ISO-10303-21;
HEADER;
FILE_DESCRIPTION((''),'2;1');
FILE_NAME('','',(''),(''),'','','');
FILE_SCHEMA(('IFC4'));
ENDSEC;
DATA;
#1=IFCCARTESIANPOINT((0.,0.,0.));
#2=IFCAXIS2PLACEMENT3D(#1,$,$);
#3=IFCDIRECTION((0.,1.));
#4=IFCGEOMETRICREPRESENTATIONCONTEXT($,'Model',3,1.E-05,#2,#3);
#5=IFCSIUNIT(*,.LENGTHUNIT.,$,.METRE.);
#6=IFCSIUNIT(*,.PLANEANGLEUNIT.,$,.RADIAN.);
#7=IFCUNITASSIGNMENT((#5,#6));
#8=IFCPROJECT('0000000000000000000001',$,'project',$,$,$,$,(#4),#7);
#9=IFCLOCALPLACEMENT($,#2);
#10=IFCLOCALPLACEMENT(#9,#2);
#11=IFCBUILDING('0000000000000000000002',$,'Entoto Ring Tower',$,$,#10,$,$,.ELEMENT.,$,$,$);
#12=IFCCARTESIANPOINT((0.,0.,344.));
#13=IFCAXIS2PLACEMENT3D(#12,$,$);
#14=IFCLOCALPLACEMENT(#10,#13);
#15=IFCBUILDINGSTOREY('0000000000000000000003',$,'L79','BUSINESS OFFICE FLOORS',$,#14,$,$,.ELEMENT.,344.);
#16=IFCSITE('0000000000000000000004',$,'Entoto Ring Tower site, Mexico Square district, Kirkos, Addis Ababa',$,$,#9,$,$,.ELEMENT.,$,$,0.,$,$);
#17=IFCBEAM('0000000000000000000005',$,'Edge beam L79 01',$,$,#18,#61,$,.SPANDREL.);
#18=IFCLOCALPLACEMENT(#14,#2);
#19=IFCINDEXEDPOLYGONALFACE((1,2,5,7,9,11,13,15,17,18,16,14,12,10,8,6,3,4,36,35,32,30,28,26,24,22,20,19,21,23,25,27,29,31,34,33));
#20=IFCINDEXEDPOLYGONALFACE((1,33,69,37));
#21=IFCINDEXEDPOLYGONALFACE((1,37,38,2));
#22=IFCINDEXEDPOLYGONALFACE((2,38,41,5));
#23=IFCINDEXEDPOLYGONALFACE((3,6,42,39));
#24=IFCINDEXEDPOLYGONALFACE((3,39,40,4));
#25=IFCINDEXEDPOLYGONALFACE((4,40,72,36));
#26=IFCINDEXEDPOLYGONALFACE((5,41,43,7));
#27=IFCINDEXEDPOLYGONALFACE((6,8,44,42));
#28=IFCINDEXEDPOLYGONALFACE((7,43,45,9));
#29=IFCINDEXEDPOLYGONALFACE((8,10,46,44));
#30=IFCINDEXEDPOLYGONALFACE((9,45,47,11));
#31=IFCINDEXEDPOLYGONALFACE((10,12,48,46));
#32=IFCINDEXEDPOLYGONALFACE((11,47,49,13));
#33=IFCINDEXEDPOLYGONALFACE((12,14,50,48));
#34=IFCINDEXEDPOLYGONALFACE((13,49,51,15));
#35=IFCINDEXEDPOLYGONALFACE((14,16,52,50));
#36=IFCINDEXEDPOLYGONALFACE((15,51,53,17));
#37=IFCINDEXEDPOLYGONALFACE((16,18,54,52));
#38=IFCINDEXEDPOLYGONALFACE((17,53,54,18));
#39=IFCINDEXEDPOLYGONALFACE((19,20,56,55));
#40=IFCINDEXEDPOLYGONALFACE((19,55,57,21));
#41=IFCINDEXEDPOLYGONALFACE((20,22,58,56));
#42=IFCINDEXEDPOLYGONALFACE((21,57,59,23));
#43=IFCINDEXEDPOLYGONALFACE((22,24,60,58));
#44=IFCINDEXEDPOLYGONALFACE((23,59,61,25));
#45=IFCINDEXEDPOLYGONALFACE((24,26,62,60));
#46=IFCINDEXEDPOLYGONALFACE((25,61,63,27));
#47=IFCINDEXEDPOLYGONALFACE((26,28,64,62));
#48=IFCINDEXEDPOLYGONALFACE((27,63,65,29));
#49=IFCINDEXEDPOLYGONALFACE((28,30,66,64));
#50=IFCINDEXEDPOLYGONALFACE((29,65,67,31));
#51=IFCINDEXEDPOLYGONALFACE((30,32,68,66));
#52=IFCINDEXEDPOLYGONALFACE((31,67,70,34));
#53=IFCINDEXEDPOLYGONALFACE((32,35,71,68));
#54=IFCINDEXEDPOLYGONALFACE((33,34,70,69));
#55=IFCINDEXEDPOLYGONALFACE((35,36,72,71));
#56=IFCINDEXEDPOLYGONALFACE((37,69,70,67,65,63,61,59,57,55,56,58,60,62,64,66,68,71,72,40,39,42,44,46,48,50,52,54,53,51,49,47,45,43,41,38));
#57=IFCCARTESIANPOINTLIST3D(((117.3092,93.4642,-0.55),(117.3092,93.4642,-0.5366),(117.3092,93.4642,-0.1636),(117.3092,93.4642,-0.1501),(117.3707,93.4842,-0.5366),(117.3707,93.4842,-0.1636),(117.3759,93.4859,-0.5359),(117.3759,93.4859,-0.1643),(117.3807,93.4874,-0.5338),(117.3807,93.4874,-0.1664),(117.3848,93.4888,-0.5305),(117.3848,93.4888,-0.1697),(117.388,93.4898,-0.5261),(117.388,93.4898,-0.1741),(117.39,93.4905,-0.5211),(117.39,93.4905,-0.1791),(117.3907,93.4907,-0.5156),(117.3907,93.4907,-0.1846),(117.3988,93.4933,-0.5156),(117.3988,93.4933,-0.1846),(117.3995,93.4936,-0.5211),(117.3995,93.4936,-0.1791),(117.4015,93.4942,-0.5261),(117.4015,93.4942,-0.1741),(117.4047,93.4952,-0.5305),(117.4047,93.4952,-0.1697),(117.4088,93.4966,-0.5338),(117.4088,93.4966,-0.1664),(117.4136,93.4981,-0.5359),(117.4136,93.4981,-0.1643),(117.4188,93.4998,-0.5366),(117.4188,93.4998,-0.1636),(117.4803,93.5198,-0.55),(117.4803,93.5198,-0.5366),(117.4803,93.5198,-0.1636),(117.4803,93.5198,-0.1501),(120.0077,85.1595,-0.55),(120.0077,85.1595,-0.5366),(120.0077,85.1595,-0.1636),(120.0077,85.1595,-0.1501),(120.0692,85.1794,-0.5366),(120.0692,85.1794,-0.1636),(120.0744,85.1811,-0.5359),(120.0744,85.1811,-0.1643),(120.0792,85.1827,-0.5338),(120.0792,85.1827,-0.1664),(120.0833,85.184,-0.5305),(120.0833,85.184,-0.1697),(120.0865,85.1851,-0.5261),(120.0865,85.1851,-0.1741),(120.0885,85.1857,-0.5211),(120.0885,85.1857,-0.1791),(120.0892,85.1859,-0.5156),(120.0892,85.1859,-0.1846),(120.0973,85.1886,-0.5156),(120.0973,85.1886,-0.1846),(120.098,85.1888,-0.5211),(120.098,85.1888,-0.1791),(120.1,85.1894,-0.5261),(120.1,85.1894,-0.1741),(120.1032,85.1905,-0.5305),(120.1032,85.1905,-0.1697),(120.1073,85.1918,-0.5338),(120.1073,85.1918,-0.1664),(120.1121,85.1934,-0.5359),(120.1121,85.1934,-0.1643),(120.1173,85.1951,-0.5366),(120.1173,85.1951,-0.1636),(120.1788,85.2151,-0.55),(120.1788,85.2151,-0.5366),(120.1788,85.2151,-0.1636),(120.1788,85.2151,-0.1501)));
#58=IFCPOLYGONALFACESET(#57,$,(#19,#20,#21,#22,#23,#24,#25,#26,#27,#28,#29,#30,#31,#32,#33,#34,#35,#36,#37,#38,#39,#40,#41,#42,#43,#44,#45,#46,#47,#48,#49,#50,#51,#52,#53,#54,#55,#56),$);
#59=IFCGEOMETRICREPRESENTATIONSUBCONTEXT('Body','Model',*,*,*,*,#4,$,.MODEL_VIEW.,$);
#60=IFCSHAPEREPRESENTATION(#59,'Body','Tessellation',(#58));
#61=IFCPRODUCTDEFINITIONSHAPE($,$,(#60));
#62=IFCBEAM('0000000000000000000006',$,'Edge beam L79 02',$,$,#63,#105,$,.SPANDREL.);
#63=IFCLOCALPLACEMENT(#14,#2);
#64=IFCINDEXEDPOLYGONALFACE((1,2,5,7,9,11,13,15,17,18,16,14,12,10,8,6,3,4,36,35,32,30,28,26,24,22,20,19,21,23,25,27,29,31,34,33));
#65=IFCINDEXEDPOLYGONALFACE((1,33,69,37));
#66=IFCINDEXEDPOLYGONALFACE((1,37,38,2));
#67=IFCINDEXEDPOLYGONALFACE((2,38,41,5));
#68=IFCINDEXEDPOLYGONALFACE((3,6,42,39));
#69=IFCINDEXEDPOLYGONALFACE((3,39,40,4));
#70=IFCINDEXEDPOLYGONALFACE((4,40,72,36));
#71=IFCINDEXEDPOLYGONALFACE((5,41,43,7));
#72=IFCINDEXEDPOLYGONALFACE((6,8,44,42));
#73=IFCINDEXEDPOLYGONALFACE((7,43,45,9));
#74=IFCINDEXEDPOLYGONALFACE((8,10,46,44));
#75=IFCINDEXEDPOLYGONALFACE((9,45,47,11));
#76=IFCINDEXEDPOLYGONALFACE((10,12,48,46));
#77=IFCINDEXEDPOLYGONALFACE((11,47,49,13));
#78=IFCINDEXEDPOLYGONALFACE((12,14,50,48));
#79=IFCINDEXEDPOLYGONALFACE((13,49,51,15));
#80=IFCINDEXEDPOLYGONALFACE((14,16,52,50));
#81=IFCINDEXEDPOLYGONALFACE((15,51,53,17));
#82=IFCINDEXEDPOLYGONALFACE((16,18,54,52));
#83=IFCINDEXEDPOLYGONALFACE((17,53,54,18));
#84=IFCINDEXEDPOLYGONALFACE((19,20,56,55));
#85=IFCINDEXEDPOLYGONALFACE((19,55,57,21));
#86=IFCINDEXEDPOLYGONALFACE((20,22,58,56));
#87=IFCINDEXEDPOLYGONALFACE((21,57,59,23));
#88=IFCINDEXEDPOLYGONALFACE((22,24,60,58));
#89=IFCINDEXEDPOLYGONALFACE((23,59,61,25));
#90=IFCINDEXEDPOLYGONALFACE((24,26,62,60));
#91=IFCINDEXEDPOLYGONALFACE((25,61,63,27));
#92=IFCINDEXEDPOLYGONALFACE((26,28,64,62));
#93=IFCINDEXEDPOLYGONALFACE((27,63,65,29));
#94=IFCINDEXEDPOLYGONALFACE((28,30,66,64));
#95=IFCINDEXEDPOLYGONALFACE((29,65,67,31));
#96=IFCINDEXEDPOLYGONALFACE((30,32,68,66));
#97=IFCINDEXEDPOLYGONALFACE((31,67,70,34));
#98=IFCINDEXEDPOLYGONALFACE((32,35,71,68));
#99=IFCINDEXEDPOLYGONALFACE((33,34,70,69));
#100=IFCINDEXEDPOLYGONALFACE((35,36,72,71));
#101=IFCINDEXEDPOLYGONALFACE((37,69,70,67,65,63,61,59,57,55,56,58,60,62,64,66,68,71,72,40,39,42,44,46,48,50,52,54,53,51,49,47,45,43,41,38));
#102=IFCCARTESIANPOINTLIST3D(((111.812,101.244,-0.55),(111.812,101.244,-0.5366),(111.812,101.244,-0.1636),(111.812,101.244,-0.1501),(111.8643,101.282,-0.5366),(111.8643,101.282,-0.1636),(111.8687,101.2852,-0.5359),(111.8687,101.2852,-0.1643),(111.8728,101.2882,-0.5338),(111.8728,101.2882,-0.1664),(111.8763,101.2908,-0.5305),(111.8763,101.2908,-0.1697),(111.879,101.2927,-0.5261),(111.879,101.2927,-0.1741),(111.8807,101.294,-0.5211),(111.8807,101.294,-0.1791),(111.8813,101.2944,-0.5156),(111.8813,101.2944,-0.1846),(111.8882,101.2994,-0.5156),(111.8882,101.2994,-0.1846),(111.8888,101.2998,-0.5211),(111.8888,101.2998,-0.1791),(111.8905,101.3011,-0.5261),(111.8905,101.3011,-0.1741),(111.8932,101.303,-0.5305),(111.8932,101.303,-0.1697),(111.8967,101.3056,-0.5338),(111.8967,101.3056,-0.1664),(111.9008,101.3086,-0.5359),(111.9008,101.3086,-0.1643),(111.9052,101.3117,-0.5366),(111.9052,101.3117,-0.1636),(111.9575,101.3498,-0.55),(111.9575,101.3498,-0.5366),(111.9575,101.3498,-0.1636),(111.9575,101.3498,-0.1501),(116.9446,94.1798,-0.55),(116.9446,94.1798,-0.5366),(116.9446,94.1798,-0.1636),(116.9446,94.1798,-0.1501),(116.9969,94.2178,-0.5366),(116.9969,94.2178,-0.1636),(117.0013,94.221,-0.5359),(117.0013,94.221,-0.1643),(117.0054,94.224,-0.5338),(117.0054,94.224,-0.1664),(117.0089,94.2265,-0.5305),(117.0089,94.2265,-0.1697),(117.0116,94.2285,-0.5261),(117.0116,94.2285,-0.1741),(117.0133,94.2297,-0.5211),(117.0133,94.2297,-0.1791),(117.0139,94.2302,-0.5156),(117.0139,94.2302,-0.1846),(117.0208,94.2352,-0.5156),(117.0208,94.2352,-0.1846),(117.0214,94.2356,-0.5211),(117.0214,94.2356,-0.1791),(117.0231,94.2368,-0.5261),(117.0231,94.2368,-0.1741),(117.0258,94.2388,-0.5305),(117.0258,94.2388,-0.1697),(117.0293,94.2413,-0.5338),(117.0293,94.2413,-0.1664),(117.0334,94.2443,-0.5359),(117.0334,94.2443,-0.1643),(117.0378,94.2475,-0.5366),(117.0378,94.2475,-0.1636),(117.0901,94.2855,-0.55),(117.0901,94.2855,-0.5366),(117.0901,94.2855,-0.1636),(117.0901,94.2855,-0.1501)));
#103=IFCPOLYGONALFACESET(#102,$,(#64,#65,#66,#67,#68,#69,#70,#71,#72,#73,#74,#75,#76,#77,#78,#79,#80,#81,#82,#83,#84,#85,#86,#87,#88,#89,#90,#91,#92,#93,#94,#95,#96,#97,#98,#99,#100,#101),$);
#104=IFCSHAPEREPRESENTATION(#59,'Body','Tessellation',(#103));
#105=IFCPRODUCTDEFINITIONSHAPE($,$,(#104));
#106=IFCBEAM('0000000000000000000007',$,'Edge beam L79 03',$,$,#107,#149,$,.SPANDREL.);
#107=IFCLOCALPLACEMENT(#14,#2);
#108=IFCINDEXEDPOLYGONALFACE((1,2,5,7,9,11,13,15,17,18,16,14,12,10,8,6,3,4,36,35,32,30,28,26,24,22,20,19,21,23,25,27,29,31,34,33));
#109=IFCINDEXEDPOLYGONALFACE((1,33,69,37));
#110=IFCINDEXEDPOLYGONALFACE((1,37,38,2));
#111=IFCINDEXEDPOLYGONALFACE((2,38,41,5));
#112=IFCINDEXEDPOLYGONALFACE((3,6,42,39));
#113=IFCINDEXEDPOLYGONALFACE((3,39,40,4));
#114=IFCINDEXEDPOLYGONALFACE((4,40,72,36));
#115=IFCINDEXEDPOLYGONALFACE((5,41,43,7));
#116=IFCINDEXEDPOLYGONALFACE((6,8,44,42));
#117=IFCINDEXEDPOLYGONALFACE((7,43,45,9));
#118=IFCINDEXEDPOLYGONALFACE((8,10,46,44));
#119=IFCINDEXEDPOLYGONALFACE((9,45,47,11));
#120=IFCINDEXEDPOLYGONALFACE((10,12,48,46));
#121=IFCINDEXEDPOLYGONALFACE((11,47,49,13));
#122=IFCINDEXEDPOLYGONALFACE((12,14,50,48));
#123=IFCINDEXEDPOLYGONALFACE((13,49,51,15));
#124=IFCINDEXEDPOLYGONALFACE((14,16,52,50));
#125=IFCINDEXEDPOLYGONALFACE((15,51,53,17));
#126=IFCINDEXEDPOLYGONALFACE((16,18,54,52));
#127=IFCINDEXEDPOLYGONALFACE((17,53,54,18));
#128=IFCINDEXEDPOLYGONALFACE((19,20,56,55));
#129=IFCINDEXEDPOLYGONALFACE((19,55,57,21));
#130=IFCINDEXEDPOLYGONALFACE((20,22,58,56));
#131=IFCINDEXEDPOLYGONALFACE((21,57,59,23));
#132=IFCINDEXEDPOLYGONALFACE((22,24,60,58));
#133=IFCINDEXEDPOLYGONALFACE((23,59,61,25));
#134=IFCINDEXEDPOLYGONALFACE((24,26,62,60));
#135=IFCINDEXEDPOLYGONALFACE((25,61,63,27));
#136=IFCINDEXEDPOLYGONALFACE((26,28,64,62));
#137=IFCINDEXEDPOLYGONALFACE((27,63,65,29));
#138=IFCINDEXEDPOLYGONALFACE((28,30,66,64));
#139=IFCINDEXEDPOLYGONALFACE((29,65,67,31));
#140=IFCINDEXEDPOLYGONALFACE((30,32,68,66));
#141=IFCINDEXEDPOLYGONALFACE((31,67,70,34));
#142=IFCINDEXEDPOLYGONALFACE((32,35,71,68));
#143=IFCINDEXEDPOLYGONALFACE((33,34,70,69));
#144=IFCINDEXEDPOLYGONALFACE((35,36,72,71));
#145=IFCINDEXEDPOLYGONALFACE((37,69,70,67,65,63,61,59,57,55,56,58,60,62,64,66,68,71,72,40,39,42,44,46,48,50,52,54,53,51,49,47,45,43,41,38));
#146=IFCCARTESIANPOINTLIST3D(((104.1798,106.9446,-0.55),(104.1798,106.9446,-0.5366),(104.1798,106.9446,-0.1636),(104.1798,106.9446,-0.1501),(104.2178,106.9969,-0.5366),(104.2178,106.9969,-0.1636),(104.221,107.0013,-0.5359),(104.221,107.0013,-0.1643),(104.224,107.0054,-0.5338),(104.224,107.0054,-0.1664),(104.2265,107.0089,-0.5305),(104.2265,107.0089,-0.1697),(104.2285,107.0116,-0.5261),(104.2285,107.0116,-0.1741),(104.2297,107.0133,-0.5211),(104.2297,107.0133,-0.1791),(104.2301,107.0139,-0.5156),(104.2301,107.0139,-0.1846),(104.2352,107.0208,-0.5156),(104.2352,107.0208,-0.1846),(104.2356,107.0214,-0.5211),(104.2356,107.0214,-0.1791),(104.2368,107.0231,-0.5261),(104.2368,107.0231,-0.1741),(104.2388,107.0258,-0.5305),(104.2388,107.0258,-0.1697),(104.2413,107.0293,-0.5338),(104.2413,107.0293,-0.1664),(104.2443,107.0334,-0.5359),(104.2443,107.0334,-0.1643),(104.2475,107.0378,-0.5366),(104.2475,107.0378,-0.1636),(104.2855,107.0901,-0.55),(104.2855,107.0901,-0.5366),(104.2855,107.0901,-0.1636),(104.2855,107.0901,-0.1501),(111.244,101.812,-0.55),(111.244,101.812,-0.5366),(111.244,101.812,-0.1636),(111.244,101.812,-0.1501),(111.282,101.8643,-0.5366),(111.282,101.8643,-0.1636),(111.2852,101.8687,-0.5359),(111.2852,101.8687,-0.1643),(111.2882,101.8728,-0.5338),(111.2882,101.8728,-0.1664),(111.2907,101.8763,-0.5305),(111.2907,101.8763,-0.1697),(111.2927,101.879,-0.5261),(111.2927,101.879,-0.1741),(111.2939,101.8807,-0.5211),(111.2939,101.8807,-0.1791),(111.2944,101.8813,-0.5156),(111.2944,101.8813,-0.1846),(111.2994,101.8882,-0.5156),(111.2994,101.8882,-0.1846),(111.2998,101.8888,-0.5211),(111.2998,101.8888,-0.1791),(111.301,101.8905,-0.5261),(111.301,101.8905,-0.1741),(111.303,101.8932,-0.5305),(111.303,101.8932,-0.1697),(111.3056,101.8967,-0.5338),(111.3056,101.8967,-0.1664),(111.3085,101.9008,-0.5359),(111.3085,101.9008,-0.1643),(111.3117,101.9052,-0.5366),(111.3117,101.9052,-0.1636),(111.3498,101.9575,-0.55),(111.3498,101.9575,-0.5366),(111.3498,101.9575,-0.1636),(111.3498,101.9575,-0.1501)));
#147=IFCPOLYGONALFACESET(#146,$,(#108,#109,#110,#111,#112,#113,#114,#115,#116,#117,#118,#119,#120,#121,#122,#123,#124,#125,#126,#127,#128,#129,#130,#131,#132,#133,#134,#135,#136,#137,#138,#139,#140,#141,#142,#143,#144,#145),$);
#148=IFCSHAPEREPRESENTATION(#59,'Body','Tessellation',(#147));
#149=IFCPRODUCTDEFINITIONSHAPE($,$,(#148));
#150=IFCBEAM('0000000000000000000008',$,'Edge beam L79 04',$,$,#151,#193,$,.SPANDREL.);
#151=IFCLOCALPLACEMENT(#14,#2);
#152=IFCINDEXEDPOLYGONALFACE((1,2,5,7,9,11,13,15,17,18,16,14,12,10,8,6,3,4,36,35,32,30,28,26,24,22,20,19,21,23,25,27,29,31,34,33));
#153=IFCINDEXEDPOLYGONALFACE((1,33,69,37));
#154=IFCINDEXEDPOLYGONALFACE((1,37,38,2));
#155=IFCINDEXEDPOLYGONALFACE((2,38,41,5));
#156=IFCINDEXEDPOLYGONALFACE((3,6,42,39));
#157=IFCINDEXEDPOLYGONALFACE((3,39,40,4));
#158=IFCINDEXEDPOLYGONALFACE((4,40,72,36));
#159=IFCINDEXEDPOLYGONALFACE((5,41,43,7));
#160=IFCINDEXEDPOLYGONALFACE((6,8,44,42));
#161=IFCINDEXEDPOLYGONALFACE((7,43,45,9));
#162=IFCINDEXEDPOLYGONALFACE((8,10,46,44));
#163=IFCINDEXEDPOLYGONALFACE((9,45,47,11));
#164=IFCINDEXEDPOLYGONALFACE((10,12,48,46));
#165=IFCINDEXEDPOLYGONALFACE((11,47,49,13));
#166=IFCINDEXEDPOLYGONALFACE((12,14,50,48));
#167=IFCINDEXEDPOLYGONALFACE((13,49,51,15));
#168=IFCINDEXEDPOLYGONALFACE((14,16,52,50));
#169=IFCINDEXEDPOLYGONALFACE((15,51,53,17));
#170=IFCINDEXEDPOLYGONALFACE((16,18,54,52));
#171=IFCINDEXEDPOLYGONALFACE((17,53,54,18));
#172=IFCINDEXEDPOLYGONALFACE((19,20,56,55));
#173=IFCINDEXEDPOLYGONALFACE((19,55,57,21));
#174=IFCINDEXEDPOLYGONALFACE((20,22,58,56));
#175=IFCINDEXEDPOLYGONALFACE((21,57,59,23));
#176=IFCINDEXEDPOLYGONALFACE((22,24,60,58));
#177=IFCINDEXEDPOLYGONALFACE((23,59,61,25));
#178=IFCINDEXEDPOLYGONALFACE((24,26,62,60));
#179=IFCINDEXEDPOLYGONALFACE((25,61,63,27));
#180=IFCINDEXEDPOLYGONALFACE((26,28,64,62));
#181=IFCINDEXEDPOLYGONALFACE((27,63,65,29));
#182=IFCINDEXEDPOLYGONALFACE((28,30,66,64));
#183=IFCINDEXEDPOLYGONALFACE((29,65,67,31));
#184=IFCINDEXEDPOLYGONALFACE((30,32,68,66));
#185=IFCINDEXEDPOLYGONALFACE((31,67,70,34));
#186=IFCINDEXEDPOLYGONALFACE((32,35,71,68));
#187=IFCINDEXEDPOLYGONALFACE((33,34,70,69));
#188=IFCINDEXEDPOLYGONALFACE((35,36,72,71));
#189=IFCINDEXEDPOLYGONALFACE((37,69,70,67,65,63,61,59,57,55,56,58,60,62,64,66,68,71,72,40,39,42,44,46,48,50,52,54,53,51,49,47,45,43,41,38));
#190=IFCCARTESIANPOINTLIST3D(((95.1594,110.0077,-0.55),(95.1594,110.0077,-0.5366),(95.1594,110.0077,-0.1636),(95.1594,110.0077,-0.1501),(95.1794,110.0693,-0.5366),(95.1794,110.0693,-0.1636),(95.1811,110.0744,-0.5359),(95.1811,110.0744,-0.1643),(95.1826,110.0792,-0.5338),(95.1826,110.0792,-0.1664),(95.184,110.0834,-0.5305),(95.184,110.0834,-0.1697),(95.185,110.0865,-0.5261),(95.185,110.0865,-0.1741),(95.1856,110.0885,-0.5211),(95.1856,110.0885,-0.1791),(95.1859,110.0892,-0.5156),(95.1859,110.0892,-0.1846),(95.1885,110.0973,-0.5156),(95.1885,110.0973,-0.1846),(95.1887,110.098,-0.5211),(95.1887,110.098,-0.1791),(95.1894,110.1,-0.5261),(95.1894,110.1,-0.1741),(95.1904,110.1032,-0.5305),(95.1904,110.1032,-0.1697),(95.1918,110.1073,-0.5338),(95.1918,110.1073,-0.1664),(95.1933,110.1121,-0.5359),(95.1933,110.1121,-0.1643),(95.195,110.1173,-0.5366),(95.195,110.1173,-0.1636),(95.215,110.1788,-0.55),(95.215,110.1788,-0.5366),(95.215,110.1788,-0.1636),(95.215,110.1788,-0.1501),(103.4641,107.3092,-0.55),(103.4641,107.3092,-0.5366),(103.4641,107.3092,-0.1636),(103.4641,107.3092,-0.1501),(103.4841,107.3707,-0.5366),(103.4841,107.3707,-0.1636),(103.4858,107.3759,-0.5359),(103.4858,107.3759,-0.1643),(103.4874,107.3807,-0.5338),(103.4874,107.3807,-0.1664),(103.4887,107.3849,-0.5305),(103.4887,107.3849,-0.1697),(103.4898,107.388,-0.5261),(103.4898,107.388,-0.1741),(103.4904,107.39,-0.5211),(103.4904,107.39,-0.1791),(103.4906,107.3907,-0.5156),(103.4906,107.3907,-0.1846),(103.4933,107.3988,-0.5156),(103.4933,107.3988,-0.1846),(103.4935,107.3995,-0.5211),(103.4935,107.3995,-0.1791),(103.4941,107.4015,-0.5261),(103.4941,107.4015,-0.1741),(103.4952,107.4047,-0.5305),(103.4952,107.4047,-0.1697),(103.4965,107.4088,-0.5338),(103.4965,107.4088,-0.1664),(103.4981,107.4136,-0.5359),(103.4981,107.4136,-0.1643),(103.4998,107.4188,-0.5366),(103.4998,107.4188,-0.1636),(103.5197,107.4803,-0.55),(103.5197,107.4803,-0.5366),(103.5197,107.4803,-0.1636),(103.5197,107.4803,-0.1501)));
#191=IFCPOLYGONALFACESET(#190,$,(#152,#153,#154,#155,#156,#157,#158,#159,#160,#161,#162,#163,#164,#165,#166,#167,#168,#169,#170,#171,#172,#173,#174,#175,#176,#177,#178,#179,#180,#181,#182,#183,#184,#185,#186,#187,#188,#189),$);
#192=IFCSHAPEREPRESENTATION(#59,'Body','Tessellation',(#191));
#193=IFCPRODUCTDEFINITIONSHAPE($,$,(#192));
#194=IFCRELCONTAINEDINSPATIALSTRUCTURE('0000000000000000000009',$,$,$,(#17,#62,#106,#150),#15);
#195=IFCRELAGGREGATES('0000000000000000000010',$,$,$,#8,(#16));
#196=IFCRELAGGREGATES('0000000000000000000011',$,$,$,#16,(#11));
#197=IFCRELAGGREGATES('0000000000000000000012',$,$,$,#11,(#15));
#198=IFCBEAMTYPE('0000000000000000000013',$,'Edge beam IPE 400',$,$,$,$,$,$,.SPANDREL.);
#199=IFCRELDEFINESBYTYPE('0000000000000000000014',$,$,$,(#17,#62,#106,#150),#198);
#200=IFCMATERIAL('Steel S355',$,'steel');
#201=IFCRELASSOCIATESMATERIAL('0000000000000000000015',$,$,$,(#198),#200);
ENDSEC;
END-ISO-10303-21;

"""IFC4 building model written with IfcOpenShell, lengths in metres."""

from ifc_helpers import new_model, si_unit, direction, frame, origin, origin_2d, place, context, subcontext, project, spatial, i_section, extrude, material, material_profile, profile_set, type_object, element, save


model = new_model("IFC4")

# Units and contexts
model_context = context("Model", 3, precision=1e-05, world=origin(), true_north=direction((0.0, 1.0)))
body_context = subcontext(model_context, "Body", "Model", "MODEL_VIEW")
ifc_project = project(units=[si_unit("LENGTHUNIT", "METRE"), si_unit("PLANEANGLEUNIT", "RADIAN")], contexts=[model_context])

# Site, building, storey
site_placement = place(None, origin())
site = spatial("IfcSite", under=ifc_project, at=site_placement, Name="Entoto Ring Tower site, Mexico Square district, Kirkos, Addis Ababa", CompositionType="ELEMENT", RefElevation=0.0)
building_placement = place(site_placement, origin())
building = spatial("IfcBuilding", under=site, at=building_placement, Name="Entoto Ring Tower", CompositionType="ELEMENT")
storey_placement = place(building_placement, frame((0.0, 0.0, 344.0)))
storey = spatial("IfcBuildingStorey", under=building, at=storey_placement, Name="L79", Description="BUSINESS OFFICE FLOORS", CompositionType="ELEMENT", Elevation=344.0)

# Beams
ifc_material_1 = material(Name="Steel S355", Category="steel")
ifc_material_profile_1 = material_profile(ifc_material_1, i_section(OverallWidth=0.1799, OverallDepth=0.3999, WebThickness=0.0085, FlangeThickness=0.0134, FilletRadius=0.021, at=origin_2d()), Name="IPE 400")
ifc_profile_set_1 = profile_set([ifc_material_profile_1], Name="Steel S355")
beam_type_1 = type_object("IfcBeamType", Name="Edge beam IPE 400", PredefinedType="SPANDREL", material=ifc_profile_set_1)
beam_1_placement = place(storey_placement, frame((120.0933, 85.1873, -0.3501), z_axis=(-0.30903, 0.951052, 0.0), x_axis=(-0.951052, -0.30903, 0.0)))
element("IfcBeam", 1, at=beam_1_placement, inside=storey, type_object=beam_type_1, Name="Edge beam L79 01", PredefinedType="SPANDREL", context=body_context, shape_type="SweptSolid", body=[
    extrude(i_section(OverallWidth=0.1799, OverallDepth=0.3999, WebThickness=0.0085, FlangeThickness=0.0134, FilletRadius=0.021, at=origin_2d()), origin(), (0.0, 0.0, 1.0), 8.7322),
])
for number, where, z_axis, x_axis, name in (
    (2, (117.0173, 94.2327, -0.3501), (-0.587794, 0.80901, 0.0), (-0.80901, -0.587794, 0.0), "Edge beam L79 02"),
    (3, (111.2969, 101.8848, -0.3501), (-0.80901, 0.587794, 0.0), (-0.587794, -0.80901, 0.0), "Edge beam L79 03"),
):
    element("IfcBeam", number, at=place(storey_placement, frame(where, z_axis=z_axis, x_axis=x_axis)), inside=storey, type_object=beam_type_1, Name=name, PredefinedType="SPANDREL", context=body_context, shape_type="SweptSolid", body=[
        extrude(i_section(OverallWidth=0.1799, OverallDepth=0.3999, WebThickness=0.0085, FlangeThickness=0.0134, FilletRadius=0.021, at=origin_2d()), origin(), (0.0, 0.0, 1.0), 8.7319),
    ])
beam_2_placement = place(storey_placement, frame((103.4919, 107.3948, -0.3501), z_axis=(-0.951052, 0.30903, 0.0), x_axis=(-0.30903, -0.951052, 0.0)))
element("IfcBeam", 4, at=beam_2_placement, inside=storey, type_object=beam_type_1, Name="Edge beam L79 04", PredefinedType="SPANDREL", context=body_context, shape_type="SweptSolid", body=[
    extrude(i_section(OverallWidth=0.1799, OverallDepth=0.3999, WebThickness=0.0085, FlangeThickness=0.0134, FilletRadius=0.021, at=origin_2d()), origin(), (0.0, 0.0, 1.0), 8.7322),
])

save(model, "model.ifc")
